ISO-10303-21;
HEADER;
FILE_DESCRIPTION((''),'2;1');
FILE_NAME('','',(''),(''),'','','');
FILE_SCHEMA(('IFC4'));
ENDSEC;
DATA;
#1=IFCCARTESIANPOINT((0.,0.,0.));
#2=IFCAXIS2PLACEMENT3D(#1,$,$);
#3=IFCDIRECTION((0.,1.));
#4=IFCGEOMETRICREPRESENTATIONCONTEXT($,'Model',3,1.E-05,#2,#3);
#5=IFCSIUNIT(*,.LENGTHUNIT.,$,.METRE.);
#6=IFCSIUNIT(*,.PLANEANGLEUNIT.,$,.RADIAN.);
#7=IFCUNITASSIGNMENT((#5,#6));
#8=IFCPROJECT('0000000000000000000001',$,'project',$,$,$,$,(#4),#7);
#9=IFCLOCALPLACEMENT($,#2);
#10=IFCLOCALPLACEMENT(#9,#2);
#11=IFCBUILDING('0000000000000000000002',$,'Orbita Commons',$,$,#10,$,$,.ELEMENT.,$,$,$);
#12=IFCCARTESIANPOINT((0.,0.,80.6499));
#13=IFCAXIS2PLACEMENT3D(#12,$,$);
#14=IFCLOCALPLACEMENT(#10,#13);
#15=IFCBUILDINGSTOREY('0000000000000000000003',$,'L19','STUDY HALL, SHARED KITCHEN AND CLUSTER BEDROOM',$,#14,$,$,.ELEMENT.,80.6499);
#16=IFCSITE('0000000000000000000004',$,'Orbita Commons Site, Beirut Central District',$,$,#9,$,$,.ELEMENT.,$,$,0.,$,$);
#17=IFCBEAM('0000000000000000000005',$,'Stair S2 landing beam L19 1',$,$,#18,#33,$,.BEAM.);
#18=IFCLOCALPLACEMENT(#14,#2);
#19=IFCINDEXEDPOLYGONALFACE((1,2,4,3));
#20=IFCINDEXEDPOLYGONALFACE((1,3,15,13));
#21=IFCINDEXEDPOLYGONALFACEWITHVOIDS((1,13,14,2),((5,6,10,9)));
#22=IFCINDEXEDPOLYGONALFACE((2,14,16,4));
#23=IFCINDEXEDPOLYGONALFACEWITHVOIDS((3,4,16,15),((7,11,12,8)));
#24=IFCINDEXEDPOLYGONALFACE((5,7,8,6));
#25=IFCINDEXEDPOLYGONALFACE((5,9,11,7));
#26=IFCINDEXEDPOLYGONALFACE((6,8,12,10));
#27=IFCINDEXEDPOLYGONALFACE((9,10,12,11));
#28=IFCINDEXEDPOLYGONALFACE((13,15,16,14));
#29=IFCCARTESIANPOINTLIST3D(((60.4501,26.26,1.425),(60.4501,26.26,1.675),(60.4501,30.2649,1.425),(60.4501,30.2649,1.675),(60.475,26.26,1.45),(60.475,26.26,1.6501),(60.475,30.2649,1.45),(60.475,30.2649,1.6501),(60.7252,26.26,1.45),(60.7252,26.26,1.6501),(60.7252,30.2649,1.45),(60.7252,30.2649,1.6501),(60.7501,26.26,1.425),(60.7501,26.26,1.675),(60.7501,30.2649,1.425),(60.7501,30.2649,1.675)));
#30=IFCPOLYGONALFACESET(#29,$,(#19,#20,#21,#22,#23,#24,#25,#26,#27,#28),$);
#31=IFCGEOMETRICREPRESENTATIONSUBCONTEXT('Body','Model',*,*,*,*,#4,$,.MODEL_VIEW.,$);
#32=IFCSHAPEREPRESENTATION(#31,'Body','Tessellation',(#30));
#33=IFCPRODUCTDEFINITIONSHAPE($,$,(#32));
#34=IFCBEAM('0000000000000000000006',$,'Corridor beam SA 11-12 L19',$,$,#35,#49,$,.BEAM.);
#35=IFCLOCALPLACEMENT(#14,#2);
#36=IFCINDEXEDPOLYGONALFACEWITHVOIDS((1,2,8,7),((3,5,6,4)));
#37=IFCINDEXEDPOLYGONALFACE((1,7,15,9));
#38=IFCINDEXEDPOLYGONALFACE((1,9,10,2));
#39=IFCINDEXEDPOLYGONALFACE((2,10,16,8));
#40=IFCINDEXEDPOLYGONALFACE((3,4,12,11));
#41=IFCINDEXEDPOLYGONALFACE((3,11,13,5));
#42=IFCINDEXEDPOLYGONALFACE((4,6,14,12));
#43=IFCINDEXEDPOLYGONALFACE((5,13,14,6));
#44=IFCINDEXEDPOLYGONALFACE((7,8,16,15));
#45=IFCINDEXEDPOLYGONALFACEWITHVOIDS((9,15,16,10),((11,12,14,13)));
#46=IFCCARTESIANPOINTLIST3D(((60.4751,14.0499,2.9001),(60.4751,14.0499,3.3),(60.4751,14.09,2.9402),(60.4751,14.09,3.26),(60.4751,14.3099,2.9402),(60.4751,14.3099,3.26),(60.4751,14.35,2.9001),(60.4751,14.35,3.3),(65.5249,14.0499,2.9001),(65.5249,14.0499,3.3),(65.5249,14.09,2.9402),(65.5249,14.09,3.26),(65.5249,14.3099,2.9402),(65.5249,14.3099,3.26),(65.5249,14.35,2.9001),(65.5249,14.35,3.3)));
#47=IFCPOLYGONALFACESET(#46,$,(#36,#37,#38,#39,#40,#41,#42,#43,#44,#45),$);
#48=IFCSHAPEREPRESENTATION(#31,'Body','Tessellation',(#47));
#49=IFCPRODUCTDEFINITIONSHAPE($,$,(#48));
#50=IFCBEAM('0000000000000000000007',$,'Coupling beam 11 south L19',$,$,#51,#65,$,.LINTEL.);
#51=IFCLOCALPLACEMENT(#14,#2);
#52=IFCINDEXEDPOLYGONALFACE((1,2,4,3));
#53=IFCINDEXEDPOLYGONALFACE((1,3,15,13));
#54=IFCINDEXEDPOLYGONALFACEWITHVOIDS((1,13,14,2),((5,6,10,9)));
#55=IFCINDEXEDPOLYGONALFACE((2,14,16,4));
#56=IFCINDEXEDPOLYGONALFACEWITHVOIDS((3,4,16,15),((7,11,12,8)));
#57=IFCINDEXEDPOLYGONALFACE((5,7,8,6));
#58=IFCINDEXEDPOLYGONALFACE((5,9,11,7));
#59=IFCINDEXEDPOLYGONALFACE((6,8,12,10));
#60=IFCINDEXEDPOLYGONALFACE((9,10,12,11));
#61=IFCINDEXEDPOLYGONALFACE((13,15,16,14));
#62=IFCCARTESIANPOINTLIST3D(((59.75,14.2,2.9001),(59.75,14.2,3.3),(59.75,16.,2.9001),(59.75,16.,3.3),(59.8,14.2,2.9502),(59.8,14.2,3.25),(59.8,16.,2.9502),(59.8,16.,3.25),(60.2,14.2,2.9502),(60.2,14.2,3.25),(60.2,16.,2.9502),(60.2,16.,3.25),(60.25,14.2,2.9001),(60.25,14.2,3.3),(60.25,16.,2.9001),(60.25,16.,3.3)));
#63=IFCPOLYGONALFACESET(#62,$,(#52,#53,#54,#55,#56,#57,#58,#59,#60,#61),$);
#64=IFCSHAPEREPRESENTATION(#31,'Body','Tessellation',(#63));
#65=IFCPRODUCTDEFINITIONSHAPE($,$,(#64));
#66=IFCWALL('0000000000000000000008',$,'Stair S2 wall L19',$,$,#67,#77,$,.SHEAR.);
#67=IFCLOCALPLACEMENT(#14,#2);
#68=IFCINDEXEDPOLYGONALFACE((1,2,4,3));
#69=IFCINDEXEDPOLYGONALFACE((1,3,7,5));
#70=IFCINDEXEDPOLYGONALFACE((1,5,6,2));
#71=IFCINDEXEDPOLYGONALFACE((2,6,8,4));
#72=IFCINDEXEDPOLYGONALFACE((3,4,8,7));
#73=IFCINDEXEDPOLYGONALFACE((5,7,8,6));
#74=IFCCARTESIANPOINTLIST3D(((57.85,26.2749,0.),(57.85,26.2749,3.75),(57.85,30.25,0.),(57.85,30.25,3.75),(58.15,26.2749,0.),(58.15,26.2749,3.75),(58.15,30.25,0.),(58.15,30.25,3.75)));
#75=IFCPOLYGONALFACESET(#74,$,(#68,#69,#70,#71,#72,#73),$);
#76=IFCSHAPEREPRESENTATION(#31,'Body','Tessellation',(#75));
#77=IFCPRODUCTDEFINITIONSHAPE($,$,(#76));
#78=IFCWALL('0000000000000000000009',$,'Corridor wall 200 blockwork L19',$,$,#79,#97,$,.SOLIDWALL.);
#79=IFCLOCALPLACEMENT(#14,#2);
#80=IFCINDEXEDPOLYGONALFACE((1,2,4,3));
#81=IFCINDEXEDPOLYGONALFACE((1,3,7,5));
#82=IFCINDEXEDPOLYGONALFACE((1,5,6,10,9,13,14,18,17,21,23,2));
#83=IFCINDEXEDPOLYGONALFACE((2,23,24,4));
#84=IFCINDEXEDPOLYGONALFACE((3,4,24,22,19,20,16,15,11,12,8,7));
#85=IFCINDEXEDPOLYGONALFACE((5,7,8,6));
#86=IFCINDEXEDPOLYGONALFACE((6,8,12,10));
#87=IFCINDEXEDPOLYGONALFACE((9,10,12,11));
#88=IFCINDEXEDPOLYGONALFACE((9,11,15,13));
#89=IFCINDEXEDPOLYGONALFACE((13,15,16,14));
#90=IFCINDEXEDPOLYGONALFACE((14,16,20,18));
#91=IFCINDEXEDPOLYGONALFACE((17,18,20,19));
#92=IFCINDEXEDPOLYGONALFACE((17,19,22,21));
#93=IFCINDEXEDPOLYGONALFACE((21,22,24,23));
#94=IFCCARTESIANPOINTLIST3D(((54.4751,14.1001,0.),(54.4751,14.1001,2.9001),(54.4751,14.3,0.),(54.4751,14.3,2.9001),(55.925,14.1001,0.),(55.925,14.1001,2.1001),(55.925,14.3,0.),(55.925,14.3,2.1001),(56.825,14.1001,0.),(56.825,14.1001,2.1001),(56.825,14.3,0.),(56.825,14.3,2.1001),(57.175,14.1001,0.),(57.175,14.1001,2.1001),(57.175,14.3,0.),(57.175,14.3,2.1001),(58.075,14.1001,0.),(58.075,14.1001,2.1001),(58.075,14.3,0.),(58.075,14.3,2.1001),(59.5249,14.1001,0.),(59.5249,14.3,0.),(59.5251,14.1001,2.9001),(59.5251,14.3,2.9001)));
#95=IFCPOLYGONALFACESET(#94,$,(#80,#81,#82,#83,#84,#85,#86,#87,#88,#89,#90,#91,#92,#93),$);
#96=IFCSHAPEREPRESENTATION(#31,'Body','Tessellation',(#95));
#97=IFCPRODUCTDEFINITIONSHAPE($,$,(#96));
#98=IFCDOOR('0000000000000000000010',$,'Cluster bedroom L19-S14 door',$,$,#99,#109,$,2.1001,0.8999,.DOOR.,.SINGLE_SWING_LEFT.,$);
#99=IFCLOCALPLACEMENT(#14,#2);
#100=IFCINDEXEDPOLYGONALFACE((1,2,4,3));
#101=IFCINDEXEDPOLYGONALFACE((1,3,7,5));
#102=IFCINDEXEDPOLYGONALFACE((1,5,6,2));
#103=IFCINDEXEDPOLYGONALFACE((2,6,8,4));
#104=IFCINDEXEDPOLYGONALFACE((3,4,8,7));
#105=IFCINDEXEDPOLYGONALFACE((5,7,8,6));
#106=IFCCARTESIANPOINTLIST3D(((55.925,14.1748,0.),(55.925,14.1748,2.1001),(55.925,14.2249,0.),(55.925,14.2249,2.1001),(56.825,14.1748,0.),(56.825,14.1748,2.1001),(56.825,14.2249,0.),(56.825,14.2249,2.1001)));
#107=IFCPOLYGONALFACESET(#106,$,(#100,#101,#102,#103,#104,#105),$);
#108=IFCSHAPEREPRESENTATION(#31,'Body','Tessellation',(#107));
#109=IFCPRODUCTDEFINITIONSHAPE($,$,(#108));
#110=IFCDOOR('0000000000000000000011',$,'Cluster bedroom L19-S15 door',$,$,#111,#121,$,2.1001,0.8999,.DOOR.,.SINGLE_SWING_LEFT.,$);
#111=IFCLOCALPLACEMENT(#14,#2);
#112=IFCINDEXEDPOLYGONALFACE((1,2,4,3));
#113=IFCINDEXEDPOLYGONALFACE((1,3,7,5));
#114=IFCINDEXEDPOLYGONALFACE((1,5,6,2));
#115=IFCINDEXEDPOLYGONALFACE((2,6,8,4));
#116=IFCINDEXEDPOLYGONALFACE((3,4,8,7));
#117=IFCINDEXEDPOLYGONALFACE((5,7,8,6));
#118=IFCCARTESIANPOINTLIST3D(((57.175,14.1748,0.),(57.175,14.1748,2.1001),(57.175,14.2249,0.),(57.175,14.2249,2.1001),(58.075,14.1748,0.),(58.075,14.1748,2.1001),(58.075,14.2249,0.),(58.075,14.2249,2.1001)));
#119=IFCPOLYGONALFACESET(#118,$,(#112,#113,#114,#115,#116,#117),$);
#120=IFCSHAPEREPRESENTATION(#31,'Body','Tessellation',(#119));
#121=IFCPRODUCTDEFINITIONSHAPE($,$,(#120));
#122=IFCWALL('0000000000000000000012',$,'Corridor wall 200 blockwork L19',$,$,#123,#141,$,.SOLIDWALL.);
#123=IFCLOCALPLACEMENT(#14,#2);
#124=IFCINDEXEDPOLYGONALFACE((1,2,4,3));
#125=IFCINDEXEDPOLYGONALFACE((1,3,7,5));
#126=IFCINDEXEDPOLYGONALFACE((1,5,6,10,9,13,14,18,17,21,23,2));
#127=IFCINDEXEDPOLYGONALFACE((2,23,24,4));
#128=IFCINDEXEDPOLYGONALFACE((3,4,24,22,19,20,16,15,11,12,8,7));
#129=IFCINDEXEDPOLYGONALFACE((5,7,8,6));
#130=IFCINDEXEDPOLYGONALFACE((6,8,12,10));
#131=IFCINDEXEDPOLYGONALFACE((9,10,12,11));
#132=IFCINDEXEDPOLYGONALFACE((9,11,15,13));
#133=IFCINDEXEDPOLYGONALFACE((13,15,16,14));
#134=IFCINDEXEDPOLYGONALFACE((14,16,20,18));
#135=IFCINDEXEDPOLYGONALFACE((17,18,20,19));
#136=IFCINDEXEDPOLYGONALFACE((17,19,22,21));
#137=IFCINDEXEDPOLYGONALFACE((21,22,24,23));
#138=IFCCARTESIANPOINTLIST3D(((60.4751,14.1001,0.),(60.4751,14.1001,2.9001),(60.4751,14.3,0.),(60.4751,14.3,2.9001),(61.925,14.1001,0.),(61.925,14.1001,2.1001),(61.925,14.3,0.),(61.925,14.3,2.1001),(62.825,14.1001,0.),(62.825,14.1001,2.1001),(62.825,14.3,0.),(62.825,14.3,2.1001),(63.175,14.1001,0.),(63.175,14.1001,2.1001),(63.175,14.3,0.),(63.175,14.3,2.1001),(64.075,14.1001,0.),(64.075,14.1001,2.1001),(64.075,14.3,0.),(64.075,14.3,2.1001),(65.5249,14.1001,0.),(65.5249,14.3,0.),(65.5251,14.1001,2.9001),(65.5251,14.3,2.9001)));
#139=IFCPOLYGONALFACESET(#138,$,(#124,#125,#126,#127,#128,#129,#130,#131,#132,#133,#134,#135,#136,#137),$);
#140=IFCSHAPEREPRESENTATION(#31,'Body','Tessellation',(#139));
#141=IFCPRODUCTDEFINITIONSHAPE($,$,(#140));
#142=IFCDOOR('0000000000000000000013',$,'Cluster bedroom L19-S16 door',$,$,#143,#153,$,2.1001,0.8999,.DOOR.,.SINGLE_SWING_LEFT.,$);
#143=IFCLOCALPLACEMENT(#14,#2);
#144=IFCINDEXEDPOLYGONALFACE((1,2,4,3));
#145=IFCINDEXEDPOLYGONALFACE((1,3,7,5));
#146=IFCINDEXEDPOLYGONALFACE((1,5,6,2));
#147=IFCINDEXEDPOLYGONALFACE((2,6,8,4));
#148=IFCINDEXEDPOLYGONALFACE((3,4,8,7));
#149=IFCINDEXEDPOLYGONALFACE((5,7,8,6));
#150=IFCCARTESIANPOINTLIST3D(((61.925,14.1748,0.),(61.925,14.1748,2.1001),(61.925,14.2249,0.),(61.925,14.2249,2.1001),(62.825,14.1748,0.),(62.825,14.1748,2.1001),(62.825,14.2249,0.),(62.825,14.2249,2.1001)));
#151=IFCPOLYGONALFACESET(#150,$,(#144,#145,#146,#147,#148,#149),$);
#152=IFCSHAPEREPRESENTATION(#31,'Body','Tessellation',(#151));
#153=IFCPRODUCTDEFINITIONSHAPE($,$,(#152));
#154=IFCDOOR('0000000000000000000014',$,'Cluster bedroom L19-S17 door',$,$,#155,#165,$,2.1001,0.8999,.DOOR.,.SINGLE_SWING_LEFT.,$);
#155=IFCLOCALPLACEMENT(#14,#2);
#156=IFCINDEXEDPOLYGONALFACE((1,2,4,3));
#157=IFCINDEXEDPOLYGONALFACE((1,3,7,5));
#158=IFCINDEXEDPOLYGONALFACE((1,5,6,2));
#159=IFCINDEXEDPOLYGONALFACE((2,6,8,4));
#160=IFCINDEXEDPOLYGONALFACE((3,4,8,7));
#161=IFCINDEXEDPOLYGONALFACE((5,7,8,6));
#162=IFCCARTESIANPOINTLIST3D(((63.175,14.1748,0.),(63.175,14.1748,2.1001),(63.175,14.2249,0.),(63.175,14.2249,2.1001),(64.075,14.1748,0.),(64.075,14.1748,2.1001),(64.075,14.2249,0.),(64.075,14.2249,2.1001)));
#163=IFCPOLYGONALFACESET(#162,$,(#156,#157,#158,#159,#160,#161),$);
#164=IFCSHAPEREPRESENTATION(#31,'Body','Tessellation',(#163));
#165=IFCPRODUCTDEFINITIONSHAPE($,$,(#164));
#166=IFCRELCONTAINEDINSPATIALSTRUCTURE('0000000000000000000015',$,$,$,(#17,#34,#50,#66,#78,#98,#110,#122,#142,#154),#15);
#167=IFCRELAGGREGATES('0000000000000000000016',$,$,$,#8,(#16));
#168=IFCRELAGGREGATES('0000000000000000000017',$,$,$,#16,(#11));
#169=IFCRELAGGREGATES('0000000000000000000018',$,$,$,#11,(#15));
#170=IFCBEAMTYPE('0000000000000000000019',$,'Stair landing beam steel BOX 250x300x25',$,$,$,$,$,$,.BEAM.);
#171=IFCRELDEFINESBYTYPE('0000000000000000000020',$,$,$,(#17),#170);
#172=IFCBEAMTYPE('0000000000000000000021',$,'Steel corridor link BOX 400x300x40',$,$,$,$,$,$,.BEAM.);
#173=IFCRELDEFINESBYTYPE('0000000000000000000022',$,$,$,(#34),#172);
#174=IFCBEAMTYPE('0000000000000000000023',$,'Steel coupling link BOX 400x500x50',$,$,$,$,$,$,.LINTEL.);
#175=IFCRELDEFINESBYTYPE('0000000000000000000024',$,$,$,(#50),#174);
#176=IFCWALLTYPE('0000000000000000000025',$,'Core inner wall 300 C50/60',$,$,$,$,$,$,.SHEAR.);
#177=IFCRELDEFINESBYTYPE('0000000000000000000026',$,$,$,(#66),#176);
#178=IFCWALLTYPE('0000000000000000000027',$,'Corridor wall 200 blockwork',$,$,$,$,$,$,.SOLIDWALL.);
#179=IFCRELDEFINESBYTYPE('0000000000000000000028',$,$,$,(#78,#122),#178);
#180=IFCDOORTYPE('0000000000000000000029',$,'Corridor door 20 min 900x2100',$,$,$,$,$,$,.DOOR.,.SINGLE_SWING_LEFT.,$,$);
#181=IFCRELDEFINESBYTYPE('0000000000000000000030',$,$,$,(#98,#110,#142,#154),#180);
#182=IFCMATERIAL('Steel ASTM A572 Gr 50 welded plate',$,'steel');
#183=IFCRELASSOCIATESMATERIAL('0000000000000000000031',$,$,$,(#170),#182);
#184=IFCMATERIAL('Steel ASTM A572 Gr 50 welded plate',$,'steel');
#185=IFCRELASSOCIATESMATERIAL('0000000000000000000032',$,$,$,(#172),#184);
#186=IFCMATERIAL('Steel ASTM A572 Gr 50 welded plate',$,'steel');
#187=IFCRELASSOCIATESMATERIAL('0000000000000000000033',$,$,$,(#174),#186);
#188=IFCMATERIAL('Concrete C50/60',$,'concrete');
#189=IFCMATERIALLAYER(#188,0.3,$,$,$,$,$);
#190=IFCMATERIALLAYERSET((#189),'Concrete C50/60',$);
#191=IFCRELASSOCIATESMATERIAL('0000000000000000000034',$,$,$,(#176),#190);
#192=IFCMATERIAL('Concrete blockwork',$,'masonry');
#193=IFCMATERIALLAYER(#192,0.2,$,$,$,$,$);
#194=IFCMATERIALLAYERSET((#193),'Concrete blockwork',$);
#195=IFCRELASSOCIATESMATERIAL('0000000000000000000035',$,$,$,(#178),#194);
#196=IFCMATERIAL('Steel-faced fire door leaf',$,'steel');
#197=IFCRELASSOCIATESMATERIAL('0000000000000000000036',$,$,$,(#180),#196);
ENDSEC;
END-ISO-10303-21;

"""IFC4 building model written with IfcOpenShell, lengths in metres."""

from ifc_helpers import new_model, si_unit, direction, frame, frame_2d, origin, origin_2d, place, context, subcontext, project, spatial, polyline, rectangle, hollow_rectangle, outline, extrude, material, layer, layer_set, material_profile, profile_set, type_object, element, fill, save


model = new_model("IFC4")

# Units and contexts
model_context = context("Model", 3, precision=1e-05, world=origin(), true_north=direction((0.0, 1.0)))
body_context = subcontext(model_context, "Body", "Model", "MODEL_VIEW")
ifc_project = project(units=[si_unit("LENGTHUNIT", "METRE"), si_unit("PLANEANGLEUNIT", "RADIAN")], contexts=[model_context])

# Site, building, storey
site_placement = place(None, origin())
site = spatial("IfcSite", under=ifc_project, at=site_placement, Name="Orbita Commons Site, Beirut Central District", CompositionType="ELEMENT", RefElevation=0.0)
building_placement = place(site_placement, origin())
building = spatial("IfcBuilding", under=site, at=building_placement, Name="Orbita Commons", CompositionType="ELEMENT")
storey_placement = place(building_placement, frame((0.0, 0.0, 80.6499)))
storey = spatial("IfcBuildingStorey", under=building, at=storey_placement, Name="L19", Description="STUDY HALL, SHARED KITCHEN AND CLUSTER BEDROOM", CompositionType="ELEMENT", Elevation=80.6499)

# Beams
ifc_material_1 = material(Name="Steel ASTM A572 Gr 50 welded plate", Category="steel")
ifc_material_profile_1 = material_profile(ifc_material_1, hollow_rectangle(XDim=0.3, YDim=0.25, WallThickness=0.0249, at=origin_2d()), Name="BOX 250x300x25")
ifc_profile_set_1 = profile_set([ifc_material_profile_1], Name="Steel ASTM A572 Gr 50 welded plate")
beam_type_1 = type_object("IfcBeamType", Name="Stair landing beam steel BOX 250x300x25", PredefinedType="BEAM", material=ifc_profile_set_1)
beam_1_placement = place(storey_placement, frame((60.6001, 26.26, 1.55), z_axis=(0.0, 1.0, 0.0), x_axis=(-1.0, 0.0, 0.0)))
element("IfcBeam", 1, at=beam_1_placement, inside=storey, type_object=beam_type_1, Name="Stair S2 landing beam L19 1", PredefinedType="BEAM", context=body_context, shape_type="SweptSolid", body=[
    extrude(hollow_rectangle(XDim=0.3, YDim=0.25, WallThickness=0.0249, at=origin_2d()), origin(), (0.0, 0.0, 1.0), 4.0049),
])
ifc_material_2 = material(Name="Steel ASTM A572 Gr 50 welded plate", Category="steel")
ifc_material_profile_2 = material_profile(ifc_material_2, hollow_rectangle(XDim=0.3, YDim=0.3999, WallThickness=0.04, at=origin_2d()), Name="BOX 400x300x40")
ifc_profile_set_2 = profile_set([ifc_material_profile_2], Name="Steel ASTM A572 Gr 50 welded plate")
beam_type_2 = type_object("IfcBeamType", Name="Steel corridor link BOX 400x300x40", PredefinedType="BEAM", material=ifc_profile_set_2)
beam_2_placement = place(storey_placement, frame((60.4751, 14.2, 3.1001), z_axis=(1.0, 0.0, 0.0), x_axis=(0.0, 1.0, 0.0)))
element("IfcBeam", 2, at=beam_2_placement, inside=storey, type_object=beam_type_2, Name="Corridor beam SA 11-12 L19", PredefinedType="BEAM", context=body_context, shape_type="SweptSolid", body=[
    extrude(hollow_rectangle(XDim=0.3, YDim=0.3999, WallThickness=0.04, at=origin_2d()), origin(), (0.0, 0.0, 1.0), 5.0498),
])
ifc_material_3 = material(Name="Steel ASTM A572 Gr 50 welded plate", Category="steel")
ifc_material_profile_3 = material_profile(ifc_material_3, hollow_rectangle(XDim=0.5, YDim=0.3999, WallThickness=0.05, at=origin_2d()), Name="BOX 400x500x50")
ifc_profile_set_3 = profile_set([ifc_material_profile_3], Name="Steel ASTM A572 Gr 50 welded plate")
beam_type_3 = type_object("IfcBeamType", Name="Steel coupling link BOX 400x500x50", PredefinedType="LINTEL", material=ifc_profile_set_3)
beam_3_placement = place(storey_placement, frame((60.0, 14.2, 3.1001), z_axis=(0.0, 1.0, 0.0), x_axis=(-1.0, 0.0, 0.0)))
element("IfcBeam", 3, at=beam_3_placement, inside=storey, type_object=beam_type_3, Name="Coupling beam 11 south L19", PredefinedType="LINTEL", context=body_context, shape_type="SweptSolid", body=[
    extrude(hollow_rectangle(XDim=0.5, YDim=0.3999, WallThickness=0.05, at=origin_2d()), origin(), (0.0, 0.0, 1.0), 1.8),
])

# Wall
ifc_material_4 = material(Name="Concrete C50/60", Category="concrete")
ifc_layer_1 = layer(ifc_material_4, 0.3)
ifc_layer_set_1 = layer_set([ifc_layer_1], Name="Concrete C50/60")
wall_type_1 = type_object("IfcWallType", Name="Core inner wall 300 C50/60", PredefinedType="SHEAR", material=ifc_layer_set_1)
wall_1_placement = place(storey_placement, frame((58.0, 26.2749, 0.0), z_axis=(0.0, 0.0, 1.0), x_axis=(0.0, 1.0, 0.0)))
element("IfcWall", 4, at=wall_1_placement, inside=storey, type_object=wall_type_1, Name="Stair S2 wall L19", PredefinedType="SHEAR", context=body_context, shape_type="SweptSolid", body=[
    extrude(rectangle(XDim=3.9751, YDim=0.3, at=frame_2d((1.9875, 0.0))), origin(), (0.0, 0.0, 1.0), 3.75),
])

# Walls, openings, doors
ifc_material_5 = material(Name="Concrete blockwork", Category="masonry")
ifc_layer_2 = layer(ifc_material_5, 0.2)
ifc_layer_set_2 = layer_set([ifc_layer_2], Name="Concrete blockwork")
wall_type_2 = type_object("IfcWallType", Name="Corridor wall 200 blockwork", PredefinedType="SOLIDWALL", material=ifc_layer_set_2)
wall_2_placement = place(storey_placement, frame((54.4751, 14.2, 0.0), z_axis=(0.0, 0.0, 1.0), x_axis=(1.0, 0.0, 0.0)))
wall_2 = element("IfcWall", 5, at=wall_2_placement, inside=storey, type_object=wall_type_2, Name="Corridor wall 200 blockwork L19", PredefinedType="SOLIDWALL", context=body_context, shape_type="SweptSolid", body=[
    extrude(outline(polyline([(0.0, 0.0), (5.0498, 0.0), (5.05, 2.9001), (0.0, 2.9001), (0.0, 0.0)])), frame((0.0, 0.1001, 0.0), z_axis=(0.0, -1.0, 0.0), x_axis=(1.0, 0.0, 0.0)), (0.0, 0.0, 1.0), 0.2),
])
opening_1_placement = place(wall_2_placement, frame((1.45, 0.0, 0.0)))
opening_1 = element("IfcOpeningElement", 6, at=opening_1_placement, cuts=wall_2, PredefinedType="OPENING", context=body_context, shape_type="SweptSolid", body=[
    extrude(rectangle(XDim=0.8999, YDim=2.1001, at=frame_2d((0.45, 1.05))), frame((0.0, 0.1099, 0.0), z_axis=(0.0, -1.0, 0.0), x_axis=(1.0, 0.0, 0.0)), (0.0, 0.0, 1.0), 0.22),
])
opening_2_placement = place(wall_2_placement, frame((2.7, 0.0, 0.0)))
opening_2 = element("IfcOpeningElement", 7, at=opening_2_placement, cuts=wall_2, PredefinedType="OPENING", context=body_context, shape_type="SweptSolid", body=[
    extrude(rectangle(XDim=0.8999, YDim=2.1001, at=frame_2d((0.45, 1.05))), frame((0.0, 0.1099, 0.0), z_axis=(0.0, -1.0, 0.0), x_axis=(1.0, 0.0, 0.0)), (0.0, 0.0, 1.0), 0.22),
])
ifc_material_6 = material(Name="Steel-faced fire door leaf", Category="steel")
door_type_1 = type_object("IfcDoorType", Name="Corridor door 20 min 900x2100", OperationType="SINGLE_SWING_LEFT", PredefinedType="DOOR", material=ifc_material_6)
door_1_placement = place(opening_1_placement, origin())
door_1 = element("IfcDoor", 8, at=door_1_placement, inside=storey, type_object=door_type_1, Name="Cluster bedroom L19-S14 door", OperationType="SINGLE_SWING_LEFT", OverallHeight=2.1001, OverallWidth=0.8999, PredefinedType="DOOR", context=body_context, shape_type="SweptSolid", body=[
    extrude(rectangle(XDim=0.8999, YDim=2.1001, at=frame_2d((0.45, 1.05))), frame((0.0, 0.0249, 0.0), z_axis=(0.0, -1.0, 0.0), x_axis=(1.0, 0.0, 0.0)), (0.0, 0.0, 1.0), 0.05),
])
fill(opening_1, door_1)
door_2_placement = place(opening_2_placement, origin())
door_2 = element("IfcDoor", 9, at=door_2_placement, inside=storey, type_object=door_type_1, Name="Cluster bedroom L19-S15 door", OperationType="SINGLE_SWING_LEFT", OverallHeight=2.1001, OverallWidth=0.8999, PredefinedType="DOOR", context=body_context, shape_type="SweptSolid", body=[
    extrude(rectangle(XDim=0.8999, YDim=2.1001, at=frame_2d((0.45, 1.05))), frame((0.0, 0.0249, 0.0), z_axis=(0.0, -1.0, 0.0), x_axis=(1.0, 0.0, 0.0)), (0.0, 0.0, 1.0), 0.05),
])
fill(opening_2, door_2)
wall_3_placement = place(storey_placement, frame((60.4751, 14.2, 0.0), z_axis=(0.0, 0.0, 1.0), x_axis=(1.0, 0.0, 0.0)))
wall_3 = element("IfcWall", 10, at=wall_3_placement, inside=storey, type_object=wall_type_2, Name="Corridor wall 200 blockwork L19", PredefinedType="SOLIDWALL", context=body_context, shape_type="SweptSolid", body=[
    extrude(outline(polyline([(0.0, 0.0), (5.0498, 0.0), (5.05, 2.9001), (0.0, 2.9001), (0.0, 0.0)])), frame((0.0, 0.1001, 0.0), z_axis=(0.0, -1.0, 0.0), x_axis=(1.0, 0.0, 0.0)), (0.0, 0.0, 1.0), 0.2),
])
opening_3_placement = place(wall_3_placement, frame((1.45, 0.0, 0.0)))
opening_3 = element("IfcOpeningElement", 11, at=opening_3_placement, cuts=wall_3, PredefinedType="OPENING", context=body_context, shape_type="SweptSolid", body=[
    extrude(rectangle(XDim=0.8999, YDim=2.1001, at=frame_2d((0.45, 1.05))), frame((0.0, 0.1099, 0.0), z_axis=(0.0, -1.0, 0.0), x_axis=(1.0, 0.0, 0.0)), (0.0, 0.0, 1.0), 0.22),
])
opening_4_placement = place(wall_3_placement, frame((2.7, 0.0, 0.0)))
opening_4 = element("IfcOpeningElement", 12, at=opening_4_placement, cuts=wall_3, PredefinedType="OPENING", context=body_context, shape_type="SweptSolid", body=[
    extrude(rectangle(XDim=0.8999, YDim=2.1001, at=frame_2d((0.45, 1.05))), frame((0.0, 0.1099, 0.0), z_axis=(0.0, -1.0, 0.0), x_axis=(1.0, 0.0, 0.0)), (0.0, 0.0, 1.0), 0.22),
])
door_3_placement = place(opening_3_placement, origin())
door_3 = element("IfcDoor", 13, at=door_3_placement, inside=storey, type_object=door_type_1, Name="Cluster bedroom L19-S16 door", OperationType="SINGLE_SWING_LEFT", OverallHeight=2.1001, OverallWidth=0.8999, PredefinedType="DOOR", context=body_context, shape_type="SweptSolid", body=[
    extrude(rectangle(XDim=0.8999, YDim=2.1001, at=frame_2d((0.45, 1.05))), frame((0.0, 0.0249, 0.0), z_axis=(0.0, -1.0, 0.0), x_axis=(1.0, 0.0, 0.0)), (0.0, 0.0, 1.0), 0.05),
])
fill(opening_3, door_3)
door_4_placement = place(opening_4_placement, origin())
door_4 = element("IfcDoor", 14, at=door_4_placement, inside=storey, type_object=door_type_1, Name="Cluster bedroom L19-S17 door", OperationType="SINGLE_SWING_LEFT", OverallHeight=2.1001, OverallWidth=0.8999, PredefinedType="DOOR", context=body_context, shape_type="SweptSolid", body=[
    extrude(rectangle(XDim=0.8999, YDim=2.1001, at=frame_2d((0.45, 1.05))), frame((0.0, 0.0249, 0.0), z_axis=(0.0, -1.0, 0.0), x_axis=(1.0, 0.0, 0.0)), (0.0, 0.0, 1.0), 0.05),
])
fill(opening_4, door_4)

save(model, "model.ifc")
